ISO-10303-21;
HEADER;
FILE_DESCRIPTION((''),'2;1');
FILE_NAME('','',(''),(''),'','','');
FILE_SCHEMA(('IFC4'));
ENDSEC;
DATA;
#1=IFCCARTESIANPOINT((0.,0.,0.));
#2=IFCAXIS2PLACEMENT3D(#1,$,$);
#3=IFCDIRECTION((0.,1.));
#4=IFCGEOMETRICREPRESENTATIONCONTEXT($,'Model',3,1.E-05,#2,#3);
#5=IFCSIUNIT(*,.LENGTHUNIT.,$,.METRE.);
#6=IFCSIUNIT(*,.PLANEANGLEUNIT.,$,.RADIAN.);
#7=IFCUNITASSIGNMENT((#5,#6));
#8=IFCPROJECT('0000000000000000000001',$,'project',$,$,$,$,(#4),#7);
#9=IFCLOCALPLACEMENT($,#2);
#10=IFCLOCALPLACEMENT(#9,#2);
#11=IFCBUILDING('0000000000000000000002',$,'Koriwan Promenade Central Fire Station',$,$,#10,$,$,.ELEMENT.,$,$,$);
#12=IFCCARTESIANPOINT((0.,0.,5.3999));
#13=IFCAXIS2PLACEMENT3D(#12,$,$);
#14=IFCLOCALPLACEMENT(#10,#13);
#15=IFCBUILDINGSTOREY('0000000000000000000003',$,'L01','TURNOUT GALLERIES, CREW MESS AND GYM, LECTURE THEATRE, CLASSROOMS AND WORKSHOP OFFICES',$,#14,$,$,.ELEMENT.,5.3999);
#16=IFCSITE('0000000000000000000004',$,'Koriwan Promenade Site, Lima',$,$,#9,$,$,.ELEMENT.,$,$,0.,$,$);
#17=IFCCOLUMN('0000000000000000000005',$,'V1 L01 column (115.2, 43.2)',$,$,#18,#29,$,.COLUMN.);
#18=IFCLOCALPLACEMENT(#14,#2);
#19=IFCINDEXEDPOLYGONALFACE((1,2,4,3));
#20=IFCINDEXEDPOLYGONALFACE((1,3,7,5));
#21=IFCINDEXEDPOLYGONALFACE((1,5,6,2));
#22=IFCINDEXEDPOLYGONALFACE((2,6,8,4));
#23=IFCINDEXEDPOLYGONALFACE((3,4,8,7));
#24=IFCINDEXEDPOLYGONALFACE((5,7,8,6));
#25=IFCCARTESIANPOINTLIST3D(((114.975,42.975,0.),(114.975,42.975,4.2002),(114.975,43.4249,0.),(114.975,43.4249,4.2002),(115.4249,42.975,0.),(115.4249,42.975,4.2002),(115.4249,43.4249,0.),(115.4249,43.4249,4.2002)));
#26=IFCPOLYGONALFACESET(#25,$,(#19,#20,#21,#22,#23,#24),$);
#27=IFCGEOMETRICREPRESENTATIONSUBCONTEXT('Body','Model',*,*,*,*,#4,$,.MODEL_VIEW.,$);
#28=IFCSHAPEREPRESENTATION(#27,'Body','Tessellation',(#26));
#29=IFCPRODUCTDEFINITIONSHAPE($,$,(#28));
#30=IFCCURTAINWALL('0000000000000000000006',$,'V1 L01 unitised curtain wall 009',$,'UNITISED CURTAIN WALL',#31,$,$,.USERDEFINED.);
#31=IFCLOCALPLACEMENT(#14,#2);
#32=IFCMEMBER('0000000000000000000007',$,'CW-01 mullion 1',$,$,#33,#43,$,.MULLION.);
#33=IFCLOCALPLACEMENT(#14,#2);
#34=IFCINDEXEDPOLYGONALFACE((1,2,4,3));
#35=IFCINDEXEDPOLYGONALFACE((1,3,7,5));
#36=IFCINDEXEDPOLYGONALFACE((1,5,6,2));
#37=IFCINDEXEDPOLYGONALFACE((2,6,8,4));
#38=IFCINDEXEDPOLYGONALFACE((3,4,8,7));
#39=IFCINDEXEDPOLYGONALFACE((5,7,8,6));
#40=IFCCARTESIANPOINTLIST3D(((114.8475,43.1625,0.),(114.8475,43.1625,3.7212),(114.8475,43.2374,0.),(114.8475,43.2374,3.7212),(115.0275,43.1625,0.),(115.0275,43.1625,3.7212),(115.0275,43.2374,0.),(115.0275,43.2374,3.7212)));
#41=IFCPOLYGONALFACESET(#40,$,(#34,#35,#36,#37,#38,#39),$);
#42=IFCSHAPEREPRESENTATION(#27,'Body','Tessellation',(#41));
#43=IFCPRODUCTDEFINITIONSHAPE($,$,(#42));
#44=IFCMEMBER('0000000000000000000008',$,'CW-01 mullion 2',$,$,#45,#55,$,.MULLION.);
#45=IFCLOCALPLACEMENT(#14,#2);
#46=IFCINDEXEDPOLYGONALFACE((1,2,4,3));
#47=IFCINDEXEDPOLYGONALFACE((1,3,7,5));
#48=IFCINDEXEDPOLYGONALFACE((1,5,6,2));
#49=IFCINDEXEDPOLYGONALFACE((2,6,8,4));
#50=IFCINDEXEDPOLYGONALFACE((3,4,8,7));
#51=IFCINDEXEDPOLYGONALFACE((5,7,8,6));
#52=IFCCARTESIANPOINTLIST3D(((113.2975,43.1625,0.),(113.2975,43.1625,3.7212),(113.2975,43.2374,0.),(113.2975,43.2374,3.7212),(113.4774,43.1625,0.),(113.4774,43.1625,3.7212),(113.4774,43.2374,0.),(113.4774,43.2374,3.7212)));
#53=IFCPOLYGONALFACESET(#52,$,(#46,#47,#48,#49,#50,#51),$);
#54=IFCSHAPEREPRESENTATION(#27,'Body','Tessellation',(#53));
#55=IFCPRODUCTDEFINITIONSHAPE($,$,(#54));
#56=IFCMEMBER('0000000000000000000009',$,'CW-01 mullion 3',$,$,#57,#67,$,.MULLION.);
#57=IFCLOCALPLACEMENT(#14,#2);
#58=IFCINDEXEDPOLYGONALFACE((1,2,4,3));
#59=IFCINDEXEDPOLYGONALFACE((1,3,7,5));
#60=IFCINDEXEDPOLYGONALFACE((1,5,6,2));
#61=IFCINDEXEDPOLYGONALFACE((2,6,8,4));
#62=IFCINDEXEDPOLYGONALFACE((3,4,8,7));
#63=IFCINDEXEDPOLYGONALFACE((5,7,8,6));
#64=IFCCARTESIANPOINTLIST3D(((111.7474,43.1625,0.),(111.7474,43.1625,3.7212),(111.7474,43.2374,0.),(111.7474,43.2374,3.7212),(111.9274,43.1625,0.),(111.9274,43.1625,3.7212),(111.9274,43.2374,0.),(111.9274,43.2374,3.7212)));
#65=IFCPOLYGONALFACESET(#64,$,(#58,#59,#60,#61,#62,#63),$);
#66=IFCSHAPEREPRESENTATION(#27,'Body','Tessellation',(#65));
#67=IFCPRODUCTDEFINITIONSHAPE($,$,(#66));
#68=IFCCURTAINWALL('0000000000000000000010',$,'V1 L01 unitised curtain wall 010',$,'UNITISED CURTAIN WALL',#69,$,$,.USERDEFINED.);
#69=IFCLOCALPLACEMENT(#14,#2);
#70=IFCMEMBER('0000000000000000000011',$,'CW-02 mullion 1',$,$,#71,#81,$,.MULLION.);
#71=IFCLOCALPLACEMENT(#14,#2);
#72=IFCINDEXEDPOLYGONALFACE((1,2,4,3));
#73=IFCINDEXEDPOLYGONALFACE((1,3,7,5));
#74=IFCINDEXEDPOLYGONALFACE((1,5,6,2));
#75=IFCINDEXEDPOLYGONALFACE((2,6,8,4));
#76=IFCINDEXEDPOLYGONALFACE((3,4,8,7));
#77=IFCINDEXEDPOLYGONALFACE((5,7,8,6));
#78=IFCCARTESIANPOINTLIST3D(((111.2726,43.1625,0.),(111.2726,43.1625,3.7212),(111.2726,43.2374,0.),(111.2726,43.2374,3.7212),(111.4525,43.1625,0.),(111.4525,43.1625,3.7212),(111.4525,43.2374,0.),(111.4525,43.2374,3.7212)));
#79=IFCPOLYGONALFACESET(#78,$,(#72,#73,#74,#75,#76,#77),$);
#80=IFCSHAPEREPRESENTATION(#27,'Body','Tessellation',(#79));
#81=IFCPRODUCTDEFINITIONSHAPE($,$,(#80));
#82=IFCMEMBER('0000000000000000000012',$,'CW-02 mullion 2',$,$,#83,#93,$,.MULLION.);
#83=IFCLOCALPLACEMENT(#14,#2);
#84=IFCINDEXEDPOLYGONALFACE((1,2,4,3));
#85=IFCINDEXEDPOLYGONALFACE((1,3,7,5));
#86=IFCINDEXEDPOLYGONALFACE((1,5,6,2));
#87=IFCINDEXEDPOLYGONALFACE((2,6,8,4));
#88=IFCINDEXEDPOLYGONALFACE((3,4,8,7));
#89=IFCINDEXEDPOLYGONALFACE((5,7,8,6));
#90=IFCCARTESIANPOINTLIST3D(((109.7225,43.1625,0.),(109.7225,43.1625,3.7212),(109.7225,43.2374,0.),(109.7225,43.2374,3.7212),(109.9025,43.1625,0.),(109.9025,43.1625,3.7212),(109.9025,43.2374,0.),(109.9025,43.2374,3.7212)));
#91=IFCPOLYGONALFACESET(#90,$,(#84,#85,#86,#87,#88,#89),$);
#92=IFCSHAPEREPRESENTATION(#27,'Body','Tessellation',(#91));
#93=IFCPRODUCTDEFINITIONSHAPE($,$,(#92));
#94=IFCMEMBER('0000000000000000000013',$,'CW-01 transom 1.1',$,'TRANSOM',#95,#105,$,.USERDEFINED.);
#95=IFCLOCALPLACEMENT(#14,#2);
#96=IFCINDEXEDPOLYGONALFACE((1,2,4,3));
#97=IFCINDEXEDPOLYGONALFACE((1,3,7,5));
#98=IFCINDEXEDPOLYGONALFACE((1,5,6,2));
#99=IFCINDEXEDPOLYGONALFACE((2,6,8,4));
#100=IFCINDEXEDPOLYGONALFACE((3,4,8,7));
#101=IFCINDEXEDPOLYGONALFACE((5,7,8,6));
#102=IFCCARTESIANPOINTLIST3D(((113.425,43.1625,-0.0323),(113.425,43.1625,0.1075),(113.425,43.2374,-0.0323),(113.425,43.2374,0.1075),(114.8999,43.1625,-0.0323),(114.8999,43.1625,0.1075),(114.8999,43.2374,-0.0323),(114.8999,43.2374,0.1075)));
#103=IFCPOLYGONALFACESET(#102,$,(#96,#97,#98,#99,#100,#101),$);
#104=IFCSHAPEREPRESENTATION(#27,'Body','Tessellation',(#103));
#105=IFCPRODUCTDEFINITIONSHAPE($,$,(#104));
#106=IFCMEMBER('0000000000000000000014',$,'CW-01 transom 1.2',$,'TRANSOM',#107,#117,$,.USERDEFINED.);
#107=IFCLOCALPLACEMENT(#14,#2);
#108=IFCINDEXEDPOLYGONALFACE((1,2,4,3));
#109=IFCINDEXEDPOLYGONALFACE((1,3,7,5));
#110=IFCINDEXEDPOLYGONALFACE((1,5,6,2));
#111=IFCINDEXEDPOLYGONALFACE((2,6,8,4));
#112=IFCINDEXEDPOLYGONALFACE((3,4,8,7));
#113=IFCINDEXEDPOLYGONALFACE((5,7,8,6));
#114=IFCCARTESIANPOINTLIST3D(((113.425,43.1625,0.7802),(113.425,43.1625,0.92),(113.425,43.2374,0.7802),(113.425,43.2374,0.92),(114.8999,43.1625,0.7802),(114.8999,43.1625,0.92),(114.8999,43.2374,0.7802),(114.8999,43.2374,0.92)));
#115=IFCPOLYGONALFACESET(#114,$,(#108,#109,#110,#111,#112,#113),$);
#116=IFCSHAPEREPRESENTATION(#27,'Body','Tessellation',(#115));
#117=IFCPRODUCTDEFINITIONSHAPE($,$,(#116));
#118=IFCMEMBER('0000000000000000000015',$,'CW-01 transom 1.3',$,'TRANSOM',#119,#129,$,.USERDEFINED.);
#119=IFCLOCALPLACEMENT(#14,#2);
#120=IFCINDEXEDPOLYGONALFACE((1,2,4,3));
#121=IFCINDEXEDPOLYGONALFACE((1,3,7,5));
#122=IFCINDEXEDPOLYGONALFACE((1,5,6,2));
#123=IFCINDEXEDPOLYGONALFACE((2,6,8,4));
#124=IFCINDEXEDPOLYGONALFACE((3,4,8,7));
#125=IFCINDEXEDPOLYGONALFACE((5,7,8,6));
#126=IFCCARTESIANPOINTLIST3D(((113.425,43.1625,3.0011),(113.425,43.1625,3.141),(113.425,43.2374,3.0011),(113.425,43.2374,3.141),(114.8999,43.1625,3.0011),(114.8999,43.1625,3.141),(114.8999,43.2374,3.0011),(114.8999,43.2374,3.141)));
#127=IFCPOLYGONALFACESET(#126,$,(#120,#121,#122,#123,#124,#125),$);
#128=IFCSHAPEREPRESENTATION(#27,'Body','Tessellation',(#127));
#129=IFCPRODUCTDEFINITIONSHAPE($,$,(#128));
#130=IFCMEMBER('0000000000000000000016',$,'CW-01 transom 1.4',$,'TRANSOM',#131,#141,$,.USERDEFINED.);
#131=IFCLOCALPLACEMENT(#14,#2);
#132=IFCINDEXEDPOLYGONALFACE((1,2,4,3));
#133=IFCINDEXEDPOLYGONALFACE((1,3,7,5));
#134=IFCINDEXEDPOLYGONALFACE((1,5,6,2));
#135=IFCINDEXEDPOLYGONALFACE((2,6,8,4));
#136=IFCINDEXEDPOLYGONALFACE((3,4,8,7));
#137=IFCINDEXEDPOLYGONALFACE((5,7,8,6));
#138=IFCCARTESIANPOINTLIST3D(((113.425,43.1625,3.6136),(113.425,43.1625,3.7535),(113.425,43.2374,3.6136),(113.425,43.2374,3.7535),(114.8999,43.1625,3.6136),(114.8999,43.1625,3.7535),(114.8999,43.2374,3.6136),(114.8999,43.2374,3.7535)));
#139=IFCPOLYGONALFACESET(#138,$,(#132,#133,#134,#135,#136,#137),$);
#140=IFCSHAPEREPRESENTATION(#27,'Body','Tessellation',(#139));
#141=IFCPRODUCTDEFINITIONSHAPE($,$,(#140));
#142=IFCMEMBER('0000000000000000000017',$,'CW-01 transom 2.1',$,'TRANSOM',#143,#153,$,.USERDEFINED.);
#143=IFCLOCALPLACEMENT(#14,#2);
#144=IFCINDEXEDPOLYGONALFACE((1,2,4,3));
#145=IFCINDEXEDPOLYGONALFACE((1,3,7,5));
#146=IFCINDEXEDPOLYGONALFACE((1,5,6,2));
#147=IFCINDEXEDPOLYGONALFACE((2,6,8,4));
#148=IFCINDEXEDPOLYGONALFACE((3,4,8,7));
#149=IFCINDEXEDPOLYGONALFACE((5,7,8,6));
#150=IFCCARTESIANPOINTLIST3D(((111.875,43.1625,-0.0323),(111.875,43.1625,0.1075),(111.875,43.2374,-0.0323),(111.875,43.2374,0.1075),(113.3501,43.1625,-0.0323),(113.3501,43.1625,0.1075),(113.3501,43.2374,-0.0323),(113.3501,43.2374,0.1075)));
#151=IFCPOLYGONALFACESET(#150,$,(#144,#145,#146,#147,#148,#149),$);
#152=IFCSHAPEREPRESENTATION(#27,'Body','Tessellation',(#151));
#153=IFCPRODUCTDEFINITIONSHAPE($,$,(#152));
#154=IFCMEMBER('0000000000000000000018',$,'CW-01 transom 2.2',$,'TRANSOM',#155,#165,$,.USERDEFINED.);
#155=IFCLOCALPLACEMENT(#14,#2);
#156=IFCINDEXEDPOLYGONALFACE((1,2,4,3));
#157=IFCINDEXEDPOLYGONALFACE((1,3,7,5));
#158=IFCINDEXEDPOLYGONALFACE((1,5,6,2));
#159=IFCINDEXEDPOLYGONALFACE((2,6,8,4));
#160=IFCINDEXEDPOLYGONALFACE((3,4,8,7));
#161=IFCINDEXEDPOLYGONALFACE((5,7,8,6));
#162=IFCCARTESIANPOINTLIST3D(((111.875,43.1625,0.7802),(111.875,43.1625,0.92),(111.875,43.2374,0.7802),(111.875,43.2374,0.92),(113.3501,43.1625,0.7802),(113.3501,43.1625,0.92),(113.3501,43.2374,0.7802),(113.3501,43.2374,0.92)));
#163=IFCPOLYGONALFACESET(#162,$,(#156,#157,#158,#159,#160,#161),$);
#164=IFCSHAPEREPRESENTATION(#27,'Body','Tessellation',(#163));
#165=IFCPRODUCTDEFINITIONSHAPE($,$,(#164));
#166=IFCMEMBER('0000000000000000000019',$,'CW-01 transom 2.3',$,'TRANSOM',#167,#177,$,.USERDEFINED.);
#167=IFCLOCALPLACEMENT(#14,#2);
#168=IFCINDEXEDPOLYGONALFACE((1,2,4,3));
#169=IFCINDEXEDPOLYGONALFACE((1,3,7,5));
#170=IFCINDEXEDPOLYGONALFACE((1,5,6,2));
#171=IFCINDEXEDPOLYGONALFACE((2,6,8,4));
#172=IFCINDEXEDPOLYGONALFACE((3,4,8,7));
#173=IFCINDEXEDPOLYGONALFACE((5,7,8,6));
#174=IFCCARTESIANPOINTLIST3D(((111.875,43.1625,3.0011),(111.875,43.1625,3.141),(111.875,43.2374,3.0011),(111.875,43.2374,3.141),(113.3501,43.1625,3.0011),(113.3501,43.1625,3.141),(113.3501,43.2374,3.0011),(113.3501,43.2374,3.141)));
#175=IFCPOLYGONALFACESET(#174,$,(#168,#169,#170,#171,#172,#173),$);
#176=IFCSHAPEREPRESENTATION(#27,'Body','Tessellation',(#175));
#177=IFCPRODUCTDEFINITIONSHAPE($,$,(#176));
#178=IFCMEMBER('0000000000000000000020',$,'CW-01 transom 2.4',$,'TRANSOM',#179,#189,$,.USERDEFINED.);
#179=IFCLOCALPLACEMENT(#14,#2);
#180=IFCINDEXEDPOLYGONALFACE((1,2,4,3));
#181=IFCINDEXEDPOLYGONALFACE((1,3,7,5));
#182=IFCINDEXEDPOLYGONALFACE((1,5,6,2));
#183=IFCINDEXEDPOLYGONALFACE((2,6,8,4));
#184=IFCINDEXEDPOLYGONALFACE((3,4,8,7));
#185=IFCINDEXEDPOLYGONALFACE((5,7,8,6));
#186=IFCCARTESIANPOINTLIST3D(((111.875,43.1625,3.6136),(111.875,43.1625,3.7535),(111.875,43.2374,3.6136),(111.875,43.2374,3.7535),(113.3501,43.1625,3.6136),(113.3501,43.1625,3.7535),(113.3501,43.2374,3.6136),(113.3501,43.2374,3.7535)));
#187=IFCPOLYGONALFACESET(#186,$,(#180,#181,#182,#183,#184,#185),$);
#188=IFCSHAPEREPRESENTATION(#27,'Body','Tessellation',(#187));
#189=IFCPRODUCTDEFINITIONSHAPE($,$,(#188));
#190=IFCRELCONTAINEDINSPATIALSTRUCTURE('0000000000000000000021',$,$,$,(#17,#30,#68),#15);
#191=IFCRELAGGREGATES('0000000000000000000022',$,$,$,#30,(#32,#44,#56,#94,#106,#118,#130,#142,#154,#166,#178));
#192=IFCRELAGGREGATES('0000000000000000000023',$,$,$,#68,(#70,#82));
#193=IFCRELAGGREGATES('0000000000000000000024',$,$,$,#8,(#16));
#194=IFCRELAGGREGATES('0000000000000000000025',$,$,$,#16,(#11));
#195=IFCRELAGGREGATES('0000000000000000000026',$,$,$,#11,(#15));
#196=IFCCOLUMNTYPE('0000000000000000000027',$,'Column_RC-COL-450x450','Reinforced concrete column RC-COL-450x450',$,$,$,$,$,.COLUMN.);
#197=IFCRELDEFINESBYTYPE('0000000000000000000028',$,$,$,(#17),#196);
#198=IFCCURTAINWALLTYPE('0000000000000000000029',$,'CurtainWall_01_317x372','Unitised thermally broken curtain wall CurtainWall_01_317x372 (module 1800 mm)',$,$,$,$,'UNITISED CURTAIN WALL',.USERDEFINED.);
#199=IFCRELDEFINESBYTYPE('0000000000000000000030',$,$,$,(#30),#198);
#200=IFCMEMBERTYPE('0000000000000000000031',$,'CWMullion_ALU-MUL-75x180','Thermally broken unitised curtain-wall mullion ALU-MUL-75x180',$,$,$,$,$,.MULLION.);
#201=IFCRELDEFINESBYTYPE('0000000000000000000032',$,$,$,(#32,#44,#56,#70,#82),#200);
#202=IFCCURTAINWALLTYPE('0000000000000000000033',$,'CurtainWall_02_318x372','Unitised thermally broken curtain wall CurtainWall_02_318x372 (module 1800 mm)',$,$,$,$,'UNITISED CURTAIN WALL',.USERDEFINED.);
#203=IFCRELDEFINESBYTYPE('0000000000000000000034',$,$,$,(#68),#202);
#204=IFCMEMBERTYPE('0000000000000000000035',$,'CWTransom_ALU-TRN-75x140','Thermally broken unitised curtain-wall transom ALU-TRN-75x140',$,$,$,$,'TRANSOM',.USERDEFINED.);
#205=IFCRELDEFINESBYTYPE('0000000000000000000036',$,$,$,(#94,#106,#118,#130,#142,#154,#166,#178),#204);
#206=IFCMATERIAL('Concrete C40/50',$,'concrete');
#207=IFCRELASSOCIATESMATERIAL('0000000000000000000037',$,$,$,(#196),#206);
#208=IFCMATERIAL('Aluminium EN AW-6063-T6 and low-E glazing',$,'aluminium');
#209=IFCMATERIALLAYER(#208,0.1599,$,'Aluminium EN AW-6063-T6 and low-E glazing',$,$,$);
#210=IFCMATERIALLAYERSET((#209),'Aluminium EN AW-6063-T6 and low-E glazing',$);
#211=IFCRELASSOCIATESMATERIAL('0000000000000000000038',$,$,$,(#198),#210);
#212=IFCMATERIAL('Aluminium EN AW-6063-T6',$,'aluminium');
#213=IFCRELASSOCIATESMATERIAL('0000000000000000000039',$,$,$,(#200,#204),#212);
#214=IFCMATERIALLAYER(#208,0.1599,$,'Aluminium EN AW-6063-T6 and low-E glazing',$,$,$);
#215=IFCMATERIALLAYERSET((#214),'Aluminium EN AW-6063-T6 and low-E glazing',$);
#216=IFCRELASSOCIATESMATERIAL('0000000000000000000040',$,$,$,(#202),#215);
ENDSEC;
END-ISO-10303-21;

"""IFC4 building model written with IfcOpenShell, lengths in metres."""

from ifc_helpers import new_model, si_unit, direction, frame, origin, origin_2d, place, context, subcontext, project, spatial, rectangle, extrude, material, layer, layer_set, material_profile, profile_set, type_object, element, aggregate, save


model = new_model("IFC4")

# Units and contexts
model_context = context("Model", 3, precision=1e-05, world=origin(), true_north=direction((0.0, 1.0)))
body_context = subcontext(model_context, "Body", "Model", "MODEL_VIEW")
ifc_project = project(units=[si_unit("LENGTHUNIT", "METRE"), si_unit("PLANEANGLEUNIT", "RADIAN")], contexts=[model_context])

# Site, building, storey
site_placement = place(None, origin())
site = spatial("IfcSite", under=ifc_project, at=site_placement, Name="Koriwan Promenade Site, Lima", CompositionType="ELEMENT", RefElevation=0.0)
building_placement = place(site_placement, origin())
building = spatial("IfcBuilding", under=site, at=building_placement, Name="Koriwan Promenade Central Fire Station", CompositionType="ELEMENT")
storey_placement = place(building_placement, frame((0.0, 0.0, 5.3999)))
storey = spatial("IfcBuildingStorey", under=building, at=storey_placement, Name="L01", Description="TURNOUT GALLERIES, CREW MESS AND GYM, LECTURE THEATRE, CLASSROOMS AND WORKSHOP OFFICES", CompositionType="ELEMENT", Elevation=5.3999)

# Column
ifc_material_1 = material(Name="Concrete C40/50", Category="concrete")
ifc_material_profile_1 = material_profile(ifc_material_1, rectangle(XDim=0.45, YDim=0.45, at=origin_2d()), Name="RC-COL-450x450")
ifc_profile_set_1 = profile_set([ifc_material_profile_1], Name="Concrete C40/50")
column_type = type_object("IfcColumnType", Name="Column_RC-COL-450x450", Description="Reinforced concrete column RC-COL-450x450", PredefinedType="COLUMN", material=ifc_profile_set_1)
column_placement = place(storey_placement, frame((115.2, 43.2, 0.0), z_axis=(0.0, 0.0, 1.0), x_axis=(1.0, 0.0, 0.0)))
element("IfcColumn", 1, at=column_placement, inside=storey, type_object=column_type, Name="V1 L01 column (115.2, 43.2)", PredefinedType="COLUMN", context=body_context, shape_type="SweptSolid", body=[
    extrude(rectangle(XDim=0.45, YDim=0.45, at=origin_2d()), origin(), (0.0, 0.0, 1.0), 4.2002),
])

# Curtain walls, members
ifc_material_2 = material(Name="Aluminium EN AW-6063-T6 and low-E glazing", Category="aluminium")
ifc_layer_1 = layer(ifc_material_2, 0.1599, Name="Aluminium EN AW-6063-T6 and low-E glazing")
ifc_layer_set_1 = layer_set([ifc_layer_1], Name="Aluminium EN AW-6063-T6 and low-E glazing")
curtain_wall_type_1 = type_object("IfcCurtainWallType", Name="CurtainWall_01_317x372", Description="Unitised thermally broken curtain wall CurtainWall_01_317x372 (module 1800 mm)", ElementType="UNITISED CURTAIN WALL", PredefinedType="USERDEFINED", material=ifc_layer_set_1)
curtain_wall_1_placement = place(storey_placement, origin())
curtain_wall_1 = element("IfcCurtainWall", 2, at=curtain_wall_1_placement, inside=storey, type_object=curtain_wall_type_1, Name="V1 L01 unitised curtain wall 009", ObjectType="UNITISED CURTAIN WALL", PredefinedType="USERDEFINED")
ifc_material_3 = material(Name="Aluminium EN AW-6063-T6", Category="aluminium")
ifc_material_profile_2 = material_profile(ifc_material_3, rectangle(XDim=0.075, YDim=0.1799, at=origin_2d()), Name="ALU-MUL-75x180")
ifc_profile_set_2 = profile_set([ifc_material_profile_2], Name="Aluminium EN AW-6063-T6")
member_type_1 = type_object("IfcMemberType", Name="CWMullion_ALU-MUL-75x180", Description="Thermally broken unitised curtain-wall mullion ALU-MUL-75x180", PredefinedType="MULLION", material=ifc_profile_set_2)
member_1_placement = place(storey_placement, frame((114.9375, 43.2, 0.0), z_axis=(0.0, 0.0, 1.0), x_axis=(0.0, -1.0, 0.0)))
member_1 = element("IfcMember", 3, at=member_1_placement, type_object=member_type_1, Name="CW-01 mullion 1", PredefinedType="MULLION", context=body_context, shape_type="SweptSolid", body=[
    extrude(rectangle(XDim=0.075, YDim=0.1799, at=origin_2d()), origin(), (0.0, 0.0, 1.0), 3.7212),
])
member_2_placement = place(storey_placement, frame((113.3875, 43.2, 0.0), z_axis=(0.0, 0.0, 1.0), x_axis=(0.0, -1.0, 0.0)))
member_2 = element("IfcMember", 4, at=member_2_placement, type_object=member_type_1, Name="CW-01 mullion 2", PredefinedType="MULLION", context=body_context, shape_type="SweptSolid", body=[
    extrude(rectangle(XDim=0.075, YDim=0.1799, at=origin_2d()), origin(), (0.0, 0.0, 1.0), 3.7212),
])
member_3_placement = place(storey_placement, frame((111.8374, 43.2, 0.0), z_axis=(0.0, 0.0, 1.0), x_axis=(0.0, -1.0, 0.0)))
member_3 = element("IfcMember", 5, at=member_3_placement, type_object=member_type_1, Name="CW-01 mullion 3", PredefinedType="MULLION", context=body_context, shape_type="SweptSolid", body=[
    extrude(rectangle(XDim=0.075, YDim=0.1799, at=origin_2d()), origin(), (0.0, 0.0, 1.0), 3.7212),
])
ifc_layer_2 = layer(ifc_material_2, 0.1599, Name="Aluminium EN AW-6063-T6 and low-E glazing")
ifc_layer_set_2 = layer_set([ifc_layer_2], Name="Aluminium EN AW-6063-T6 and low-E glazing")
curtain_wall_type_2 = type_object("IfcCurtainWallType", Name="CurtainWall_02_318x372", Description="Unitised thermally broken curtain wall CurtainWall_02_318x372 (module 1800 mm)", ElementType="UNITISED CURTAIN WALL", PredefinedType="USERDEFINED", material=ifc_layer_set_2)
curtain_wall_2_placement = place(storey_placement, origin())
curtain_wall_2 = element("IfcCurtainWall", 6, at=curtain_wall_2_placement, inside=storey, type_object=curtain_wall_type_2, Name="V1 L01 unitised curtain wall 010", ObjectType="UNITISED CURTAIN WALL", PredefinedType="USERDEFINED")
member_4_placement = place(storey_placement, frame((111.3625, 43.2, 0.0), z_axis=(0.0, 0.0, 1.0), x_axis=(0.0, -1.0, 0.0)))
member_4 = element("IfcMember", 7, at=member_4_placement, type_object=member_type_1, Name="CW-02 mullion 1", PredefinedType="MULLION", context=body_context, shape_type="SweptSolid", body=[
    extrude(rectangle(XDim=0.075, YDim=0.1799, at=origin_2d()), origin(), (0.0, 0.0, 1.0), 3.7212),
])
member_5_placement = place(storey_placement, frame((109.8125, 43.2, 0.0), z_axis=(0.0, 0.0, 1.0), x_axis=(0.0, -1.0, 0.0)))
member_5 = element("IfcMember", 8, at=member_5_placement, type_object=member_type_1, Name="CW-02 mullion 2", PredefinedType="MULLION", context=body_context, shape_type="SweptSolid", body=[
    extrude(rectangle(XDim=0.075, YDim=0.1799, at=origin_2d()), origin(), (0.0, 0.0, 1.0), 3.7212),
])

# Members
ifc_material_profile_3 = material_profile(ifc_material_3, rectangle(XDim=0.075, YDim=0.1399, at=origin_2d()), Name="ALU-TRN-75x140")
ifc_profile_set_3 = profile_set([ifc_material_profile_3], Name="Aluminium EN AW-6063-T6")
member_type_2 = type_object("IfcMemberType", Name="CWTransom_ALU-TRN-75x140", Description="Thermally broken unitised curtain-wall transom ALU-TRN-75x140", ElementType="TRANSOM", PredefinedType="USERDEFINED", material=ifc_profile_set_3)
member_6_placement = place(storey_placement, frame((114.8999, 43.2, 0.0376), z_axis=(-1.0, 0.0, 0.0), x_axis=(0.0, -1.0, 0.0)))
member_6 = element("IfcMember", 9, at=member_6_placement, type_object=member_type_2, Name="CW-01 transom 1.1", ObjectType="TRANSOM", PredefinedType="USERDEFINED", context=body_context, shape_type="SweptSolid", body=[
    extrude(rectangle(XDim=0.075, YDim=0.1399, at=origin_2d()), origin(), (0.0, 0.0, 1.0), 1.4749),
])
member_7_placement = place(storey_placement, frame((114.8999, 43.2, 0.8501), z_axis=(-1.0, 0.0, 0.0), x_axis=(0.0, -1.0, 0.0)))
member_7 = element("IfcMember", 10, at=member_7_placement, type_object=member_type_2, Name="CW-01 transom 1.2", ObjectType="TRANSOM", PredefinedType="USERDEFINED", context=body_context, shape_type="SweptSolid", body=[
    extrude(rectangle(XDim=0.075, YDim=0.1399, at=origin_2d()), origin(), (0.0, 0.0, 1.0), 1.4749),
])
member_8_placement = place(storey_placement, frame((114.8999, 43.2, 3.071), z_axis=(-1.0, 0.0, 0.0), x_axis=(0.0, -1.0, 0.0)))
member_8 = element("IfcMember", 11, at=member_8_placement, type_object=member_type_2, Name="CW-01 transom 1.3", ObjectType="TRANSOM", PredefinedType="USERDEFINED", context=body_context, shape_type="SweptSolid", body=[
    extrude(rectangle(XDim=0.075, YDim=0.1399, at=origin_2d()), origin(), (0.0, 0.0, 1.0), 1.4749),
])
member_9_placement = place(storey_placement, frame((114.8999, 43.2, 3.6836), z_axis=(-1.0, 0.0, 0.0), x_axis=(0.0, -1.0, 0.0)))
member_9 = element("IfcMember", 12, at=member_9_placement, type_object=member_type_2, Name="CW-01 transom 1.4", ObjectType="TRANSOM", PredefinedType="USERDEFINED", context=body_context, shape_type="SweptSolid", body=[
    extrude(rectangle(XDim=0.075, YDim=0.1399, at=origin_2d()), origin(), (0.0, 0.0, 1.0), 1.4749),
])
member_10_placement = place(storey_placement, frame((113.3501, 43.2, 0.0376), z_axis=(-1.0, 0.0, 0.0), x_axis=(0.0, -1.0, 0.0)))
member_10 = element("IfcMember", 13, at=member_10_placement, type_object=member_type_2, Name="CW-01 transom 2.1", ObjectType="TRANSOM", PredefinedType="USERDEFINED", context=body_context, shape_type="SweptSolid", body=[
    extrude(rectangle(XDim=0.075, YDim=0.1399, at=origin_2d()), origin(), (0.0, 0.0, 1.0), 1.4751),
])
member_11_placement = place(storey_placement, frame((113.3501, 43.2, 0.8501), z_axis=(-1.0, 0.0, 0.0), x_axis=(0.0, -1.0, 0.0)))
member_11 = element("IfcMember", 14, at=member_11_placement, type_object=member_type_2, Name="CW-01 transom 2.2", ObjectType="TRANSOM", PredefinedType="USERDEFINED", context=body_context, shape_type="SweptSolid", body=[
    extrude(rectangle(XDim=0.075, YDim=0.1399, at=origin_2d()), origin(), (0.0, 0.0, 1.0), 1.4751),
])
member_12_placement = place(storey_placement, frame((113.3501, 43.2, 3.071), z_axis=(-1.0, 0.0, 0.0), x_axis=(0.0, -1.0, 0.0)))
member_12 = element("IfcMember", 15, at=member_12_placement, type_object=member_type_2, Name="CW-01 transom 2.3", ObjectType="TRANSOM", PredefinedType="USERDEFINED", context=body_context, shape_type="SweptSolid", body=[
    extrude(rectangle(XDim=0.075, YDim=0.1399, at=origin_2d()), origin(), (0.0, 0.0, 1.0), 1.4751),
])
member_13_placement = place(storey_placement, frame((113.3501, 43.2, 3.6836), z_axis=(-1.0, 0.0, 0.0), x_axis=(0.0, -1.0, 0.0)))
member_13 = element("IfcMember", 16, at=member_13_placement, type_object=member_type_2, Name="CW-01 transom 2.4", ObjectType="TRANSOM", PredefinedType="USERDEFINED", context=body_context, shape_type="SweptSolid", body=[
    extrude(rectangle(XDim=0.075, YDim=0.1399, at=origin_2d()), origin(), (0.0, 0.0, 1.0), 1.4751),
])

aggregate(curtain_wall_1, [member_1, member_2, member_3, member_6, member_7, member_8, member_9, member_10, member_11, member_12, member_13])
aggregate(curtain_wall_2, [member_4, member_5])

save(model, "model.ifc")
